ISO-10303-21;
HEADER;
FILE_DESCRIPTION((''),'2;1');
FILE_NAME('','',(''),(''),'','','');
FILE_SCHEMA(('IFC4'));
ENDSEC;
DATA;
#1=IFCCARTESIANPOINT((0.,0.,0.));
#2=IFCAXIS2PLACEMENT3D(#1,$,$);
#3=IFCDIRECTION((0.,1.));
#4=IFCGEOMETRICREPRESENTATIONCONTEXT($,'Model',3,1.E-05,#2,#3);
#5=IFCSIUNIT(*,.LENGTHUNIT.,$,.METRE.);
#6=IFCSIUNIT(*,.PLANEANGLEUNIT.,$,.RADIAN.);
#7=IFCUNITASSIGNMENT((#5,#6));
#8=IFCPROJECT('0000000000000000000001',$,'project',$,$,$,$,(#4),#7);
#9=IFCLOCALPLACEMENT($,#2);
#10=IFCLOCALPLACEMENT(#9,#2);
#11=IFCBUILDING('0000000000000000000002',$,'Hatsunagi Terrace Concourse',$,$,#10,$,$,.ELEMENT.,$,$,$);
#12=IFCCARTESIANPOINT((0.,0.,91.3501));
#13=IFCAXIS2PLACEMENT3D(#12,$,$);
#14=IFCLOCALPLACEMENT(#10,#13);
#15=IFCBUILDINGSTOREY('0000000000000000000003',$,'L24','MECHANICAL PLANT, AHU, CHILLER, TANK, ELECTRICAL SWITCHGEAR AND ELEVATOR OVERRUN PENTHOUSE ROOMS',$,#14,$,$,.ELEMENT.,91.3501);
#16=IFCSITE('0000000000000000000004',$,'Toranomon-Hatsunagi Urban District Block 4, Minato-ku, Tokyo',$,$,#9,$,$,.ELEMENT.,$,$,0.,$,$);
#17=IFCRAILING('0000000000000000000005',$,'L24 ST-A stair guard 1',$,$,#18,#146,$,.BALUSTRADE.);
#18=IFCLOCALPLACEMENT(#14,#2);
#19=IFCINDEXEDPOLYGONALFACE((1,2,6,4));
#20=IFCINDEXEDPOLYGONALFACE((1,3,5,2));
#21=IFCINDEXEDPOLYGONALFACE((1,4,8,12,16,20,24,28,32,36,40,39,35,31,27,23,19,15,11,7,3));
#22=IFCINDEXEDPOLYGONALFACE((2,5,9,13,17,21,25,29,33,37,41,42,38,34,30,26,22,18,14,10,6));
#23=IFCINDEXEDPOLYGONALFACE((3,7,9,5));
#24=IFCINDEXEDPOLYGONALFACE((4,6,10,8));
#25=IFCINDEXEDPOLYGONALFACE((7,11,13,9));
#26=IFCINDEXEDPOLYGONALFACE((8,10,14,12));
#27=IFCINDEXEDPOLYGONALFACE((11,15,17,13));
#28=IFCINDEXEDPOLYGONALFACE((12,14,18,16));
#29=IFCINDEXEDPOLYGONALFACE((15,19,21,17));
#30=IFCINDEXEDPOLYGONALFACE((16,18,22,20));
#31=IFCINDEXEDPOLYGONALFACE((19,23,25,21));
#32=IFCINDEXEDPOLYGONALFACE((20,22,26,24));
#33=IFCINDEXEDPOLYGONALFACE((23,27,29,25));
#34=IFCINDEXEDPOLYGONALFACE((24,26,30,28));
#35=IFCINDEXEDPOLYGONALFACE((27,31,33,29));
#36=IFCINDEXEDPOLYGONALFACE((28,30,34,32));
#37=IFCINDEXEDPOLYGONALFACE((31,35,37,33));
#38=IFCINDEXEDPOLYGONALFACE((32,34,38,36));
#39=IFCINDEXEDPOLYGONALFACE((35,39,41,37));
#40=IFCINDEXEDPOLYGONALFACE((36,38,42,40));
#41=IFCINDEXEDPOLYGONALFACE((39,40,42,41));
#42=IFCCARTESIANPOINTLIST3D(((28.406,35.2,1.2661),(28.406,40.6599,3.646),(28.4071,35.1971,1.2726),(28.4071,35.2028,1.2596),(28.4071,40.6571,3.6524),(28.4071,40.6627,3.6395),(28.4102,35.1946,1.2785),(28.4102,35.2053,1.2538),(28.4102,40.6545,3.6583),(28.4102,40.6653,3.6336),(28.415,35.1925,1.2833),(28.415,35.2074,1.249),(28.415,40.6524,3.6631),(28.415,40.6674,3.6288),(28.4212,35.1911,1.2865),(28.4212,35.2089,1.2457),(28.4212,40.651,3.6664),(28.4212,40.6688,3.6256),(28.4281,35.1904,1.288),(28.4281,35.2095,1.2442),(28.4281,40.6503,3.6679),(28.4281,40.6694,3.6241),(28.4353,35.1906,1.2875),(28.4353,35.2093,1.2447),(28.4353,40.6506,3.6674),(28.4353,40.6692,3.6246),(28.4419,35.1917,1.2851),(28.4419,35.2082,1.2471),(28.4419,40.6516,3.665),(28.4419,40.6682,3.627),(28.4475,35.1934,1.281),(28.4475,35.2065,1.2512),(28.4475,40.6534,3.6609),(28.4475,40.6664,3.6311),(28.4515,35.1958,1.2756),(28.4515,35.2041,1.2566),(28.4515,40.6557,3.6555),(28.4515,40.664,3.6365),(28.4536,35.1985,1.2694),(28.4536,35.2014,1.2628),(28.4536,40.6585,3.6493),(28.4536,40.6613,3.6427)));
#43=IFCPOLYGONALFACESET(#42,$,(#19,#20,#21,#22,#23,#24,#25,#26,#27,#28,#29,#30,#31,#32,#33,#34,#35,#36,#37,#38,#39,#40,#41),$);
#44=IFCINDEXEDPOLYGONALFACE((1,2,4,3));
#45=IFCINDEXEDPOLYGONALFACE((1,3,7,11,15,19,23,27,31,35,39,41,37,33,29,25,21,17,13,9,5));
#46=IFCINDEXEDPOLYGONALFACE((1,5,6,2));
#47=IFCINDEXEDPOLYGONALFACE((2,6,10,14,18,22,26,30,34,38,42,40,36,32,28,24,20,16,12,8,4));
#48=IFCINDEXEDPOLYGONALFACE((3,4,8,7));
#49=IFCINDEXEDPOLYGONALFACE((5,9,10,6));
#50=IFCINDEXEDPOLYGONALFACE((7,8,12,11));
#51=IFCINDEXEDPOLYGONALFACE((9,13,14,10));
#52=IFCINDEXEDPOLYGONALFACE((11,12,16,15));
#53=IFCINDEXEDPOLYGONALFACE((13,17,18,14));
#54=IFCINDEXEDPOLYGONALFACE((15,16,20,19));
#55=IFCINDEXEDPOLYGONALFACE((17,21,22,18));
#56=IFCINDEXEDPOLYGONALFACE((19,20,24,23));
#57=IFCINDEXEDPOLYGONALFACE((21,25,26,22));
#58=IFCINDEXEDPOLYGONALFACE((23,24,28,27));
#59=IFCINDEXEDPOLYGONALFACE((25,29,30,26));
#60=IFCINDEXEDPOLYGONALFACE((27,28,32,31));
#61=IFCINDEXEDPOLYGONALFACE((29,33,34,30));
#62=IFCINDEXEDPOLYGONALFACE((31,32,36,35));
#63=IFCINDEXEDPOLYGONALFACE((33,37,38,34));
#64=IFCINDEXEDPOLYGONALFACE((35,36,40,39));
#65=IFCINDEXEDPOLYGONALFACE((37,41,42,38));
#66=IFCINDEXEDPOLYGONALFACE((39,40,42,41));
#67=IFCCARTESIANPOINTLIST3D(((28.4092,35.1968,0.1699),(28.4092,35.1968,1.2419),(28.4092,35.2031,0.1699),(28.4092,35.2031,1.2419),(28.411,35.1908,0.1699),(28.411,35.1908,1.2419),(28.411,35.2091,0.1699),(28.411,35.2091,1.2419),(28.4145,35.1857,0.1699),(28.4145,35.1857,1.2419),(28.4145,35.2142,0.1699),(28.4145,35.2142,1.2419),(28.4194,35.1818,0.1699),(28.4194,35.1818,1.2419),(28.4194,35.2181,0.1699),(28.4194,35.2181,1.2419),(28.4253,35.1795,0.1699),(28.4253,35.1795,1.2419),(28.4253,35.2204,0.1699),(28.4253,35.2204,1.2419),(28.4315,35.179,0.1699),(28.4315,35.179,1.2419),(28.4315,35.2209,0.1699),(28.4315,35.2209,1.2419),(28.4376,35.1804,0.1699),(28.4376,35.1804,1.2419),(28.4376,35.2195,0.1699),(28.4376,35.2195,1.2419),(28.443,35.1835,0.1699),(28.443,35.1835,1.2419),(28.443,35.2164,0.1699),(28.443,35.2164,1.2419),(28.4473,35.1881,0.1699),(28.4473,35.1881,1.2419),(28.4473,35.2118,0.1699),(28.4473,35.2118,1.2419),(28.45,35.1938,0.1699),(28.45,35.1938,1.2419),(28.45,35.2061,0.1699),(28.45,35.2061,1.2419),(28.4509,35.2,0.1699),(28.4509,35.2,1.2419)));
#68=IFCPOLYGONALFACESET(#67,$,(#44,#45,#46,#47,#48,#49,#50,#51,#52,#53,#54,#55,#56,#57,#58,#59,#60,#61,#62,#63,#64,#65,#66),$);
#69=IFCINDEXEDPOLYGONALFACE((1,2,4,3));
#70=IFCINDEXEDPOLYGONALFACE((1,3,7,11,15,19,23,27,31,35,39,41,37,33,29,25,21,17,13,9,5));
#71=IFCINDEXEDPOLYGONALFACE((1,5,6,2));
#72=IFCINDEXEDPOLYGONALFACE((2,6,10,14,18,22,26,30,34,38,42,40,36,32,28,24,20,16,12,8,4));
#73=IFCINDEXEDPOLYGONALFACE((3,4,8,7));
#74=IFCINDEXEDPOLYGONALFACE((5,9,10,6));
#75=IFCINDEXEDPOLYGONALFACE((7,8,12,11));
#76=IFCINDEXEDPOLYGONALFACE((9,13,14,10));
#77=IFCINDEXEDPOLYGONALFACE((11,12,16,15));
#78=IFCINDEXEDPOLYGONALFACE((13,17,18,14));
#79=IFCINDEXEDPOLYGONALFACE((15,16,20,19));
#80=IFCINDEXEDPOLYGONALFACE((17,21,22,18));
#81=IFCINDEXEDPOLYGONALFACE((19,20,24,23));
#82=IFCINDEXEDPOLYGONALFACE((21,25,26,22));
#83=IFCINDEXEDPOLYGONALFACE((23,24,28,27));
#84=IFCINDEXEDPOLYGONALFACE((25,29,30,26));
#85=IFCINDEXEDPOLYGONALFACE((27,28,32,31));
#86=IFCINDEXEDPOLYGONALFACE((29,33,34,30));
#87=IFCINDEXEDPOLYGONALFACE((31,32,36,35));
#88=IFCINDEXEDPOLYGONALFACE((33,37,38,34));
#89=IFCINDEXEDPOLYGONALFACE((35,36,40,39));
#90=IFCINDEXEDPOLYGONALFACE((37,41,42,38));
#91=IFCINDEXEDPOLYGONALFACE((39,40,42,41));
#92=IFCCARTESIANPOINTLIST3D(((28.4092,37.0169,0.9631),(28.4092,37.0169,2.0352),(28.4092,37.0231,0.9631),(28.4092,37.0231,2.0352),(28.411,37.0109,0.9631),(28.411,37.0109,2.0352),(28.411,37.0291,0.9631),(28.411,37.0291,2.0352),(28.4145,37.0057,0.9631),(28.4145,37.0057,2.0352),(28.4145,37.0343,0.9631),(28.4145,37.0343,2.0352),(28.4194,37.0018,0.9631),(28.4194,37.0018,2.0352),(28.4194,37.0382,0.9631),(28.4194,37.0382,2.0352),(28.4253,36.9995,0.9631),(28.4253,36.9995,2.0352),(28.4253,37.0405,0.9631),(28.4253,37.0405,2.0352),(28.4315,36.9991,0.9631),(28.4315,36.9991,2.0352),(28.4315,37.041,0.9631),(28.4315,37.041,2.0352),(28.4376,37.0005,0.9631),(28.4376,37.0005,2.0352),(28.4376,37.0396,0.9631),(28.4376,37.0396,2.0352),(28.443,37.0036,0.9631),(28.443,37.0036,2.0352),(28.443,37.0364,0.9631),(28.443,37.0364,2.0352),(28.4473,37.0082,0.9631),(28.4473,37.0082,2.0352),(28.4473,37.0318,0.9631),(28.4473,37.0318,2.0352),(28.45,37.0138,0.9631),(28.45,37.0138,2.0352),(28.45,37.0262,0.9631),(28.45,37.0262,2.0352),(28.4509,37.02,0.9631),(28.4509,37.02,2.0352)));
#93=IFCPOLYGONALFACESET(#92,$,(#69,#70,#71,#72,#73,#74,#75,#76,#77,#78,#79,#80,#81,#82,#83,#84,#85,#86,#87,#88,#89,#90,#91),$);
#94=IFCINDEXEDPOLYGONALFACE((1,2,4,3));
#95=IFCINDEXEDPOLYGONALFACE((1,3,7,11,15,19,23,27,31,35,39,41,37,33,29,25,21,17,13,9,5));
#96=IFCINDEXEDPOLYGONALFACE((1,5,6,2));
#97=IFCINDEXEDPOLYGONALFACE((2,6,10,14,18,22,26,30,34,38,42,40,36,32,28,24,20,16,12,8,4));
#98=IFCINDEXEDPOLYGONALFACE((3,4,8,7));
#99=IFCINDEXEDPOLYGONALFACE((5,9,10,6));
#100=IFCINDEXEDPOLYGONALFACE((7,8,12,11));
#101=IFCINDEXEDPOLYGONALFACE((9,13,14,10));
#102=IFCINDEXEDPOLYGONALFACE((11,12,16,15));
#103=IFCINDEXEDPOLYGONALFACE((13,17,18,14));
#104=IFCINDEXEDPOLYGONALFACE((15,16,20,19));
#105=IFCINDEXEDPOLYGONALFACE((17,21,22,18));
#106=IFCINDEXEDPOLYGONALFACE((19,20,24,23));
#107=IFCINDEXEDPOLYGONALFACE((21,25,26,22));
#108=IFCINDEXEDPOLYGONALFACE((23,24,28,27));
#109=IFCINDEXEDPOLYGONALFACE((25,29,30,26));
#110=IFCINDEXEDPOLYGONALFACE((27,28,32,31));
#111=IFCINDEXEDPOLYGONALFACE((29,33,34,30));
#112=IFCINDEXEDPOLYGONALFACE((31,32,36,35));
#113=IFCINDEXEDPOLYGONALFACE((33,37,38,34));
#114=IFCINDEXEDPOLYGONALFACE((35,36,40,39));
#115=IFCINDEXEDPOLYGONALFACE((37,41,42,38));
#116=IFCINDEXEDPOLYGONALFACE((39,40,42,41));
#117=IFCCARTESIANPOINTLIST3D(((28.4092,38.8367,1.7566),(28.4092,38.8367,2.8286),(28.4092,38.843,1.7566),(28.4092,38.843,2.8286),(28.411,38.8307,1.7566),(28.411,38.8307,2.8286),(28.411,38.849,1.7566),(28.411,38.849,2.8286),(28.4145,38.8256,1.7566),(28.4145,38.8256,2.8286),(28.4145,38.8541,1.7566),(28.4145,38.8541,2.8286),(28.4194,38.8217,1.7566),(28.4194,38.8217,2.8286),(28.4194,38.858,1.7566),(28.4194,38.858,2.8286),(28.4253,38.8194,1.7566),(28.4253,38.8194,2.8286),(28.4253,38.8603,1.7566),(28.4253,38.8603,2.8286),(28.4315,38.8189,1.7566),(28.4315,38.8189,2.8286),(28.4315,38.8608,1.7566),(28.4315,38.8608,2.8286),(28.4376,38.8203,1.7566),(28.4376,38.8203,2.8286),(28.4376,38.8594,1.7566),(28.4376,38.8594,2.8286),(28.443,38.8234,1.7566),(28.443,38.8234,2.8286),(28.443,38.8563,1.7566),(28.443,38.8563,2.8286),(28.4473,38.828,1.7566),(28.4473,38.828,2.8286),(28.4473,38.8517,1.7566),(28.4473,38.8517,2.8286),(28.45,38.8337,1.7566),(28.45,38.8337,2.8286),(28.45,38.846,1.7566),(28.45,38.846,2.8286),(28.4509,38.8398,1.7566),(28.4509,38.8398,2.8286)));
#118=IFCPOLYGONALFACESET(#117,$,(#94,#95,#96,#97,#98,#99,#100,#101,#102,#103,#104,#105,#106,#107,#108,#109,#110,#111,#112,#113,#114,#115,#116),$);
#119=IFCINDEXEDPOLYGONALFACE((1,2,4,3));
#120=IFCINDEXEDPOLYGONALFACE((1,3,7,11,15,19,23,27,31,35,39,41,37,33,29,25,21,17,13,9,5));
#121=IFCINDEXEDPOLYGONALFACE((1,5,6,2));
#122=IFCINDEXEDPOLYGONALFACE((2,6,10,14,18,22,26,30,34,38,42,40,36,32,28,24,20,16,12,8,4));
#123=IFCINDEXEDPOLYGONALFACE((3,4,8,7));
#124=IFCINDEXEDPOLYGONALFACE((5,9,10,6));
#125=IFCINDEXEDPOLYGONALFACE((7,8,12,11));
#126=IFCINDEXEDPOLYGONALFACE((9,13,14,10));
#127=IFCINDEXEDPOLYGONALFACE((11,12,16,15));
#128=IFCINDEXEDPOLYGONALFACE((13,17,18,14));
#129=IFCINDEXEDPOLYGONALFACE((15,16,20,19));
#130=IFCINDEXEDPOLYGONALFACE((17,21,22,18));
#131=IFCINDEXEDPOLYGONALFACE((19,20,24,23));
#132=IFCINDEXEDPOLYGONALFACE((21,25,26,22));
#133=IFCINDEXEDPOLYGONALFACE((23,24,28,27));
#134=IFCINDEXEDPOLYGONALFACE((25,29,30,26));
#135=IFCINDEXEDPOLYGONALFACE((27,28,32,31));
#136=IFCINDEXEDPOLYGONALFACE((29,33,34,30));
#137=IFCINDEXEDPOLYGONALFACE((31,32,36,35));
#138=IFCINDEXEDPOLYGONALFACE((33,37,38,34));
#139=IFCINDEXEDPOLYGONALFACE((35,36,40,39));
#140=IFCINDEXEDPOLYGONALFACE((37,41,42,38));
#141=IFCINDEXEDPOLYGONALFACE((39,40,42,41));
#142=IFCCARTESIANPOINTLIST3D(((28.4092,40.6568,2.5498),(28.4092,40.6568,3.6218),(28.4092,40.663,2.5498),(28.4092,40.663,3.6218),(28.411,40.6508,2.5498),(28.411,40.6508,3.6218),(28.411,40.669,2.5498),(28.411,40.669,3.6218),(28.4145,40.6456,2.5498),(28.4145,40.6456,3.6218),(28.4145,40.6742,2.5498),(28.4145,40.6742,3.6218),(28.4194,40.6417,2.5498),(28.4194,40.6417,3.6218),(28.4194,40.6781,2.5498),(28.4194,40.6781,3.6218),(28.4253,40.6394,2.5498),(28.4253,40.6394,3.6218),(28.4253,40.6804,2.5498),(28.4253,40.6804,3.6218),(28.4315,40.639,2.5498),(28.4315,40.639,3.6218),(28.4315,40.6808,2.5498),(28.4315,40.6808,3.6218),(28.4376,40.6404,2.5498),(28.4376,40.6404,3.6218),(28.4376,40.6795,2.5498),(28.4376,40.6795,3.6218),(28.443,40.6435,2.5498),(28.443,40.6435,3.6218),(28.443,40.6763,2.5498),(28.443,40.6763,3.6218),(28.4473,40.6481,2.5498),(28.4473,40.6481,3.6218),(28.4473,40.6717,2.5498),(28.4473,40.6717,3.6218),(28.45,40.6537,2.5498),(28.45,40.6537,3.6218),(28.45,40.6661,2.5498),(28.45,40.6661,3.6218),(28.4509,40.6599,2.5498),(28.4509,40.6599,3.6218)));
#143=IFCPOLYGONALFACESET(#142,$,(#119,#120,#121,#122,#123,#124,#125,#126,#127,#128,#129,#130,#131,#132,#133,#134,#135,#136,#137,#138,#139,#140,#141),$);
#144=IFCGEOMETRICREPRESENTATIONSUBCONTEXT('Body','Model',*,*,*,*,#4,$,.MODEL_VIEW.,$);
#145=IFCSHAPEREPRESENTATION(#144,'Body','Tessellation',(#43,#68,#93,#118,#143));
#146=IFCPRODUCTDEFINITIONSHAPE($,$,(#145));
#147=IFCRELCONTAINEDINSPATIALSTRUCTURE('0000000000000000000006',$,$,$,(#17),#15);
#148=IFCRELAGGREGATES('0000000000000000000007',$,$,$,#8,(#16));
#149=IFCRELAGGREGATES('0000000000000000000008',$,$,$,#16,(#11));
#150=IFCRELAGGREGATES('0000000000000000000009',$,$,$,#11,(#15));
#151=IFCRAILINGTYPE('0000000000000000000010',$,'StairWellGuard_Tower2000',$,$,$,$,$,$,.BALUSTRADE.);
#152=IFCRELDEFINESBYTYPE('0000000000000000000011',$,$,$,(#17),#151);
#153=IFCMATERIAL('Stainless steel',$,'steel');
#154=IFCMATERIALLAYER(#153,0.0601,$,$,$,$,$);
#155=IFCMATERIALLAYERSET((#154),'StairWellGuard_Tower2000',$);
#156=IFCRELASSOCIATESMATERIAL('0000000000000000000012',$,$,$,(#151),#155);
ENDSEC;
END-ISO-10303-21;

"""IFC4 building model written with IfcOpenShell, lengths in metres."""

from ifc_helpers import new_model, si_unit, direction, frame, origin, origin_2d, place, context, subcontext, project, spatial, circle, extrude, material, layer, layer_set, type_object, element, save


model = new_model("IFC4")

# Units and contexts
model_context = context("Model", 3, precision=1e-05, world=origin(), true_north=direction((0.0, 1.0)))
body_context = subcontext(model_context, "Body", "Model", "MODEL_VIEW")
ifc_project = project(units=[si_unit("LENGTHUNIT", "METRE"), si_unit("PLANEANGLEUNIT", "RADIAN")], contexts=[model_context])

# Site, building, storey
site_placement = place(None, origin())
site = spatial("IfcSite", under=ifc_project, at=site_placement, Name="Toranomon-Hatsunagi Urban District Block 4, Minato-ku, Tokyo", CompositionType="ELEMENT", RefElevation=0.0)
building_placement = place(site_placement, origin())
building = spatial("IfcBuilding", under=site, at=building_placement, Name="Hatsunagi Terrace Concourse", CompositionType="ELEMENT")
storey_placement = place(building_placement, frame((0.0, 0.0, 91.3501)))
storey = spatial("IfcBuildingStorey", under=building, at=storey_placement, Name="L24", Description="MECHANICAL PLANT, AHU, CHILLER, TANK, ELECTRICAL SWITCHGEAR AND ELEVATOR OVERRUN PENTHOUSE ROOMS", CompositionType="ELEMENT", Elevation=91.3501)

# Railing
ifc_material_1 = material(Name="Stainless steel", Category="steel")
ifc_layer_1 = layer(ifc_material_1, 0.0601)
ifc_layer_set_1 = layer_set([ifc_layer_1], Name="StairWellGuard_Tower2000")
railing_type_1 = type_object("IfcRailingType", Name="StairWellGuard_Tower2000", PredefinedType="BALUSTRADE", material=ifc_layer_set_1)
railing_1_placement = place(storey_placement, frame((28.4299, 35.2, 0.1699)))
element("IfcRailing", 1, at=railing_1_placement, inside=storey, type_object=railing_type_1, Name="L24 ST-A stair guard 1", PredefinedType="BALUSTRADE", context=body_context, shape_type="SweptSolid", body=[
    extrude(circle(Radius=0.0239, at=origin_2d()), frame((0.0, 0.0, 1.0962), z_axis=(0.0, 0.916702, 0.399571), x_axis=(-1.0, 0.0, 0.0)), (0.0, 0.0, 1.0), 5.9561),
    extrude(circle(Radius=0.021, at=origin_2d()), origin(), (0.0, 0.0, 1.0), 1.072),
    extrude(circle(Radius=0.021, at=origin_2d()), frame((0.0, 1.8201, 0.7932)), (0.0, 0.0, 1.0), 1.072),
    extrude(circle(Radius=0.021, at=origin_2d()), frame((0.0, 3.6399, 1.5867)), (0.0, 0.0, 1.0), 1.072),
    extrude(circle(Radius=0.021, at=origin_2d()), frame((0.0, 5.46, 2.3799)), (0.0, 0.0, 1.0), 1.072),
])

save(model, "model.ifc")
